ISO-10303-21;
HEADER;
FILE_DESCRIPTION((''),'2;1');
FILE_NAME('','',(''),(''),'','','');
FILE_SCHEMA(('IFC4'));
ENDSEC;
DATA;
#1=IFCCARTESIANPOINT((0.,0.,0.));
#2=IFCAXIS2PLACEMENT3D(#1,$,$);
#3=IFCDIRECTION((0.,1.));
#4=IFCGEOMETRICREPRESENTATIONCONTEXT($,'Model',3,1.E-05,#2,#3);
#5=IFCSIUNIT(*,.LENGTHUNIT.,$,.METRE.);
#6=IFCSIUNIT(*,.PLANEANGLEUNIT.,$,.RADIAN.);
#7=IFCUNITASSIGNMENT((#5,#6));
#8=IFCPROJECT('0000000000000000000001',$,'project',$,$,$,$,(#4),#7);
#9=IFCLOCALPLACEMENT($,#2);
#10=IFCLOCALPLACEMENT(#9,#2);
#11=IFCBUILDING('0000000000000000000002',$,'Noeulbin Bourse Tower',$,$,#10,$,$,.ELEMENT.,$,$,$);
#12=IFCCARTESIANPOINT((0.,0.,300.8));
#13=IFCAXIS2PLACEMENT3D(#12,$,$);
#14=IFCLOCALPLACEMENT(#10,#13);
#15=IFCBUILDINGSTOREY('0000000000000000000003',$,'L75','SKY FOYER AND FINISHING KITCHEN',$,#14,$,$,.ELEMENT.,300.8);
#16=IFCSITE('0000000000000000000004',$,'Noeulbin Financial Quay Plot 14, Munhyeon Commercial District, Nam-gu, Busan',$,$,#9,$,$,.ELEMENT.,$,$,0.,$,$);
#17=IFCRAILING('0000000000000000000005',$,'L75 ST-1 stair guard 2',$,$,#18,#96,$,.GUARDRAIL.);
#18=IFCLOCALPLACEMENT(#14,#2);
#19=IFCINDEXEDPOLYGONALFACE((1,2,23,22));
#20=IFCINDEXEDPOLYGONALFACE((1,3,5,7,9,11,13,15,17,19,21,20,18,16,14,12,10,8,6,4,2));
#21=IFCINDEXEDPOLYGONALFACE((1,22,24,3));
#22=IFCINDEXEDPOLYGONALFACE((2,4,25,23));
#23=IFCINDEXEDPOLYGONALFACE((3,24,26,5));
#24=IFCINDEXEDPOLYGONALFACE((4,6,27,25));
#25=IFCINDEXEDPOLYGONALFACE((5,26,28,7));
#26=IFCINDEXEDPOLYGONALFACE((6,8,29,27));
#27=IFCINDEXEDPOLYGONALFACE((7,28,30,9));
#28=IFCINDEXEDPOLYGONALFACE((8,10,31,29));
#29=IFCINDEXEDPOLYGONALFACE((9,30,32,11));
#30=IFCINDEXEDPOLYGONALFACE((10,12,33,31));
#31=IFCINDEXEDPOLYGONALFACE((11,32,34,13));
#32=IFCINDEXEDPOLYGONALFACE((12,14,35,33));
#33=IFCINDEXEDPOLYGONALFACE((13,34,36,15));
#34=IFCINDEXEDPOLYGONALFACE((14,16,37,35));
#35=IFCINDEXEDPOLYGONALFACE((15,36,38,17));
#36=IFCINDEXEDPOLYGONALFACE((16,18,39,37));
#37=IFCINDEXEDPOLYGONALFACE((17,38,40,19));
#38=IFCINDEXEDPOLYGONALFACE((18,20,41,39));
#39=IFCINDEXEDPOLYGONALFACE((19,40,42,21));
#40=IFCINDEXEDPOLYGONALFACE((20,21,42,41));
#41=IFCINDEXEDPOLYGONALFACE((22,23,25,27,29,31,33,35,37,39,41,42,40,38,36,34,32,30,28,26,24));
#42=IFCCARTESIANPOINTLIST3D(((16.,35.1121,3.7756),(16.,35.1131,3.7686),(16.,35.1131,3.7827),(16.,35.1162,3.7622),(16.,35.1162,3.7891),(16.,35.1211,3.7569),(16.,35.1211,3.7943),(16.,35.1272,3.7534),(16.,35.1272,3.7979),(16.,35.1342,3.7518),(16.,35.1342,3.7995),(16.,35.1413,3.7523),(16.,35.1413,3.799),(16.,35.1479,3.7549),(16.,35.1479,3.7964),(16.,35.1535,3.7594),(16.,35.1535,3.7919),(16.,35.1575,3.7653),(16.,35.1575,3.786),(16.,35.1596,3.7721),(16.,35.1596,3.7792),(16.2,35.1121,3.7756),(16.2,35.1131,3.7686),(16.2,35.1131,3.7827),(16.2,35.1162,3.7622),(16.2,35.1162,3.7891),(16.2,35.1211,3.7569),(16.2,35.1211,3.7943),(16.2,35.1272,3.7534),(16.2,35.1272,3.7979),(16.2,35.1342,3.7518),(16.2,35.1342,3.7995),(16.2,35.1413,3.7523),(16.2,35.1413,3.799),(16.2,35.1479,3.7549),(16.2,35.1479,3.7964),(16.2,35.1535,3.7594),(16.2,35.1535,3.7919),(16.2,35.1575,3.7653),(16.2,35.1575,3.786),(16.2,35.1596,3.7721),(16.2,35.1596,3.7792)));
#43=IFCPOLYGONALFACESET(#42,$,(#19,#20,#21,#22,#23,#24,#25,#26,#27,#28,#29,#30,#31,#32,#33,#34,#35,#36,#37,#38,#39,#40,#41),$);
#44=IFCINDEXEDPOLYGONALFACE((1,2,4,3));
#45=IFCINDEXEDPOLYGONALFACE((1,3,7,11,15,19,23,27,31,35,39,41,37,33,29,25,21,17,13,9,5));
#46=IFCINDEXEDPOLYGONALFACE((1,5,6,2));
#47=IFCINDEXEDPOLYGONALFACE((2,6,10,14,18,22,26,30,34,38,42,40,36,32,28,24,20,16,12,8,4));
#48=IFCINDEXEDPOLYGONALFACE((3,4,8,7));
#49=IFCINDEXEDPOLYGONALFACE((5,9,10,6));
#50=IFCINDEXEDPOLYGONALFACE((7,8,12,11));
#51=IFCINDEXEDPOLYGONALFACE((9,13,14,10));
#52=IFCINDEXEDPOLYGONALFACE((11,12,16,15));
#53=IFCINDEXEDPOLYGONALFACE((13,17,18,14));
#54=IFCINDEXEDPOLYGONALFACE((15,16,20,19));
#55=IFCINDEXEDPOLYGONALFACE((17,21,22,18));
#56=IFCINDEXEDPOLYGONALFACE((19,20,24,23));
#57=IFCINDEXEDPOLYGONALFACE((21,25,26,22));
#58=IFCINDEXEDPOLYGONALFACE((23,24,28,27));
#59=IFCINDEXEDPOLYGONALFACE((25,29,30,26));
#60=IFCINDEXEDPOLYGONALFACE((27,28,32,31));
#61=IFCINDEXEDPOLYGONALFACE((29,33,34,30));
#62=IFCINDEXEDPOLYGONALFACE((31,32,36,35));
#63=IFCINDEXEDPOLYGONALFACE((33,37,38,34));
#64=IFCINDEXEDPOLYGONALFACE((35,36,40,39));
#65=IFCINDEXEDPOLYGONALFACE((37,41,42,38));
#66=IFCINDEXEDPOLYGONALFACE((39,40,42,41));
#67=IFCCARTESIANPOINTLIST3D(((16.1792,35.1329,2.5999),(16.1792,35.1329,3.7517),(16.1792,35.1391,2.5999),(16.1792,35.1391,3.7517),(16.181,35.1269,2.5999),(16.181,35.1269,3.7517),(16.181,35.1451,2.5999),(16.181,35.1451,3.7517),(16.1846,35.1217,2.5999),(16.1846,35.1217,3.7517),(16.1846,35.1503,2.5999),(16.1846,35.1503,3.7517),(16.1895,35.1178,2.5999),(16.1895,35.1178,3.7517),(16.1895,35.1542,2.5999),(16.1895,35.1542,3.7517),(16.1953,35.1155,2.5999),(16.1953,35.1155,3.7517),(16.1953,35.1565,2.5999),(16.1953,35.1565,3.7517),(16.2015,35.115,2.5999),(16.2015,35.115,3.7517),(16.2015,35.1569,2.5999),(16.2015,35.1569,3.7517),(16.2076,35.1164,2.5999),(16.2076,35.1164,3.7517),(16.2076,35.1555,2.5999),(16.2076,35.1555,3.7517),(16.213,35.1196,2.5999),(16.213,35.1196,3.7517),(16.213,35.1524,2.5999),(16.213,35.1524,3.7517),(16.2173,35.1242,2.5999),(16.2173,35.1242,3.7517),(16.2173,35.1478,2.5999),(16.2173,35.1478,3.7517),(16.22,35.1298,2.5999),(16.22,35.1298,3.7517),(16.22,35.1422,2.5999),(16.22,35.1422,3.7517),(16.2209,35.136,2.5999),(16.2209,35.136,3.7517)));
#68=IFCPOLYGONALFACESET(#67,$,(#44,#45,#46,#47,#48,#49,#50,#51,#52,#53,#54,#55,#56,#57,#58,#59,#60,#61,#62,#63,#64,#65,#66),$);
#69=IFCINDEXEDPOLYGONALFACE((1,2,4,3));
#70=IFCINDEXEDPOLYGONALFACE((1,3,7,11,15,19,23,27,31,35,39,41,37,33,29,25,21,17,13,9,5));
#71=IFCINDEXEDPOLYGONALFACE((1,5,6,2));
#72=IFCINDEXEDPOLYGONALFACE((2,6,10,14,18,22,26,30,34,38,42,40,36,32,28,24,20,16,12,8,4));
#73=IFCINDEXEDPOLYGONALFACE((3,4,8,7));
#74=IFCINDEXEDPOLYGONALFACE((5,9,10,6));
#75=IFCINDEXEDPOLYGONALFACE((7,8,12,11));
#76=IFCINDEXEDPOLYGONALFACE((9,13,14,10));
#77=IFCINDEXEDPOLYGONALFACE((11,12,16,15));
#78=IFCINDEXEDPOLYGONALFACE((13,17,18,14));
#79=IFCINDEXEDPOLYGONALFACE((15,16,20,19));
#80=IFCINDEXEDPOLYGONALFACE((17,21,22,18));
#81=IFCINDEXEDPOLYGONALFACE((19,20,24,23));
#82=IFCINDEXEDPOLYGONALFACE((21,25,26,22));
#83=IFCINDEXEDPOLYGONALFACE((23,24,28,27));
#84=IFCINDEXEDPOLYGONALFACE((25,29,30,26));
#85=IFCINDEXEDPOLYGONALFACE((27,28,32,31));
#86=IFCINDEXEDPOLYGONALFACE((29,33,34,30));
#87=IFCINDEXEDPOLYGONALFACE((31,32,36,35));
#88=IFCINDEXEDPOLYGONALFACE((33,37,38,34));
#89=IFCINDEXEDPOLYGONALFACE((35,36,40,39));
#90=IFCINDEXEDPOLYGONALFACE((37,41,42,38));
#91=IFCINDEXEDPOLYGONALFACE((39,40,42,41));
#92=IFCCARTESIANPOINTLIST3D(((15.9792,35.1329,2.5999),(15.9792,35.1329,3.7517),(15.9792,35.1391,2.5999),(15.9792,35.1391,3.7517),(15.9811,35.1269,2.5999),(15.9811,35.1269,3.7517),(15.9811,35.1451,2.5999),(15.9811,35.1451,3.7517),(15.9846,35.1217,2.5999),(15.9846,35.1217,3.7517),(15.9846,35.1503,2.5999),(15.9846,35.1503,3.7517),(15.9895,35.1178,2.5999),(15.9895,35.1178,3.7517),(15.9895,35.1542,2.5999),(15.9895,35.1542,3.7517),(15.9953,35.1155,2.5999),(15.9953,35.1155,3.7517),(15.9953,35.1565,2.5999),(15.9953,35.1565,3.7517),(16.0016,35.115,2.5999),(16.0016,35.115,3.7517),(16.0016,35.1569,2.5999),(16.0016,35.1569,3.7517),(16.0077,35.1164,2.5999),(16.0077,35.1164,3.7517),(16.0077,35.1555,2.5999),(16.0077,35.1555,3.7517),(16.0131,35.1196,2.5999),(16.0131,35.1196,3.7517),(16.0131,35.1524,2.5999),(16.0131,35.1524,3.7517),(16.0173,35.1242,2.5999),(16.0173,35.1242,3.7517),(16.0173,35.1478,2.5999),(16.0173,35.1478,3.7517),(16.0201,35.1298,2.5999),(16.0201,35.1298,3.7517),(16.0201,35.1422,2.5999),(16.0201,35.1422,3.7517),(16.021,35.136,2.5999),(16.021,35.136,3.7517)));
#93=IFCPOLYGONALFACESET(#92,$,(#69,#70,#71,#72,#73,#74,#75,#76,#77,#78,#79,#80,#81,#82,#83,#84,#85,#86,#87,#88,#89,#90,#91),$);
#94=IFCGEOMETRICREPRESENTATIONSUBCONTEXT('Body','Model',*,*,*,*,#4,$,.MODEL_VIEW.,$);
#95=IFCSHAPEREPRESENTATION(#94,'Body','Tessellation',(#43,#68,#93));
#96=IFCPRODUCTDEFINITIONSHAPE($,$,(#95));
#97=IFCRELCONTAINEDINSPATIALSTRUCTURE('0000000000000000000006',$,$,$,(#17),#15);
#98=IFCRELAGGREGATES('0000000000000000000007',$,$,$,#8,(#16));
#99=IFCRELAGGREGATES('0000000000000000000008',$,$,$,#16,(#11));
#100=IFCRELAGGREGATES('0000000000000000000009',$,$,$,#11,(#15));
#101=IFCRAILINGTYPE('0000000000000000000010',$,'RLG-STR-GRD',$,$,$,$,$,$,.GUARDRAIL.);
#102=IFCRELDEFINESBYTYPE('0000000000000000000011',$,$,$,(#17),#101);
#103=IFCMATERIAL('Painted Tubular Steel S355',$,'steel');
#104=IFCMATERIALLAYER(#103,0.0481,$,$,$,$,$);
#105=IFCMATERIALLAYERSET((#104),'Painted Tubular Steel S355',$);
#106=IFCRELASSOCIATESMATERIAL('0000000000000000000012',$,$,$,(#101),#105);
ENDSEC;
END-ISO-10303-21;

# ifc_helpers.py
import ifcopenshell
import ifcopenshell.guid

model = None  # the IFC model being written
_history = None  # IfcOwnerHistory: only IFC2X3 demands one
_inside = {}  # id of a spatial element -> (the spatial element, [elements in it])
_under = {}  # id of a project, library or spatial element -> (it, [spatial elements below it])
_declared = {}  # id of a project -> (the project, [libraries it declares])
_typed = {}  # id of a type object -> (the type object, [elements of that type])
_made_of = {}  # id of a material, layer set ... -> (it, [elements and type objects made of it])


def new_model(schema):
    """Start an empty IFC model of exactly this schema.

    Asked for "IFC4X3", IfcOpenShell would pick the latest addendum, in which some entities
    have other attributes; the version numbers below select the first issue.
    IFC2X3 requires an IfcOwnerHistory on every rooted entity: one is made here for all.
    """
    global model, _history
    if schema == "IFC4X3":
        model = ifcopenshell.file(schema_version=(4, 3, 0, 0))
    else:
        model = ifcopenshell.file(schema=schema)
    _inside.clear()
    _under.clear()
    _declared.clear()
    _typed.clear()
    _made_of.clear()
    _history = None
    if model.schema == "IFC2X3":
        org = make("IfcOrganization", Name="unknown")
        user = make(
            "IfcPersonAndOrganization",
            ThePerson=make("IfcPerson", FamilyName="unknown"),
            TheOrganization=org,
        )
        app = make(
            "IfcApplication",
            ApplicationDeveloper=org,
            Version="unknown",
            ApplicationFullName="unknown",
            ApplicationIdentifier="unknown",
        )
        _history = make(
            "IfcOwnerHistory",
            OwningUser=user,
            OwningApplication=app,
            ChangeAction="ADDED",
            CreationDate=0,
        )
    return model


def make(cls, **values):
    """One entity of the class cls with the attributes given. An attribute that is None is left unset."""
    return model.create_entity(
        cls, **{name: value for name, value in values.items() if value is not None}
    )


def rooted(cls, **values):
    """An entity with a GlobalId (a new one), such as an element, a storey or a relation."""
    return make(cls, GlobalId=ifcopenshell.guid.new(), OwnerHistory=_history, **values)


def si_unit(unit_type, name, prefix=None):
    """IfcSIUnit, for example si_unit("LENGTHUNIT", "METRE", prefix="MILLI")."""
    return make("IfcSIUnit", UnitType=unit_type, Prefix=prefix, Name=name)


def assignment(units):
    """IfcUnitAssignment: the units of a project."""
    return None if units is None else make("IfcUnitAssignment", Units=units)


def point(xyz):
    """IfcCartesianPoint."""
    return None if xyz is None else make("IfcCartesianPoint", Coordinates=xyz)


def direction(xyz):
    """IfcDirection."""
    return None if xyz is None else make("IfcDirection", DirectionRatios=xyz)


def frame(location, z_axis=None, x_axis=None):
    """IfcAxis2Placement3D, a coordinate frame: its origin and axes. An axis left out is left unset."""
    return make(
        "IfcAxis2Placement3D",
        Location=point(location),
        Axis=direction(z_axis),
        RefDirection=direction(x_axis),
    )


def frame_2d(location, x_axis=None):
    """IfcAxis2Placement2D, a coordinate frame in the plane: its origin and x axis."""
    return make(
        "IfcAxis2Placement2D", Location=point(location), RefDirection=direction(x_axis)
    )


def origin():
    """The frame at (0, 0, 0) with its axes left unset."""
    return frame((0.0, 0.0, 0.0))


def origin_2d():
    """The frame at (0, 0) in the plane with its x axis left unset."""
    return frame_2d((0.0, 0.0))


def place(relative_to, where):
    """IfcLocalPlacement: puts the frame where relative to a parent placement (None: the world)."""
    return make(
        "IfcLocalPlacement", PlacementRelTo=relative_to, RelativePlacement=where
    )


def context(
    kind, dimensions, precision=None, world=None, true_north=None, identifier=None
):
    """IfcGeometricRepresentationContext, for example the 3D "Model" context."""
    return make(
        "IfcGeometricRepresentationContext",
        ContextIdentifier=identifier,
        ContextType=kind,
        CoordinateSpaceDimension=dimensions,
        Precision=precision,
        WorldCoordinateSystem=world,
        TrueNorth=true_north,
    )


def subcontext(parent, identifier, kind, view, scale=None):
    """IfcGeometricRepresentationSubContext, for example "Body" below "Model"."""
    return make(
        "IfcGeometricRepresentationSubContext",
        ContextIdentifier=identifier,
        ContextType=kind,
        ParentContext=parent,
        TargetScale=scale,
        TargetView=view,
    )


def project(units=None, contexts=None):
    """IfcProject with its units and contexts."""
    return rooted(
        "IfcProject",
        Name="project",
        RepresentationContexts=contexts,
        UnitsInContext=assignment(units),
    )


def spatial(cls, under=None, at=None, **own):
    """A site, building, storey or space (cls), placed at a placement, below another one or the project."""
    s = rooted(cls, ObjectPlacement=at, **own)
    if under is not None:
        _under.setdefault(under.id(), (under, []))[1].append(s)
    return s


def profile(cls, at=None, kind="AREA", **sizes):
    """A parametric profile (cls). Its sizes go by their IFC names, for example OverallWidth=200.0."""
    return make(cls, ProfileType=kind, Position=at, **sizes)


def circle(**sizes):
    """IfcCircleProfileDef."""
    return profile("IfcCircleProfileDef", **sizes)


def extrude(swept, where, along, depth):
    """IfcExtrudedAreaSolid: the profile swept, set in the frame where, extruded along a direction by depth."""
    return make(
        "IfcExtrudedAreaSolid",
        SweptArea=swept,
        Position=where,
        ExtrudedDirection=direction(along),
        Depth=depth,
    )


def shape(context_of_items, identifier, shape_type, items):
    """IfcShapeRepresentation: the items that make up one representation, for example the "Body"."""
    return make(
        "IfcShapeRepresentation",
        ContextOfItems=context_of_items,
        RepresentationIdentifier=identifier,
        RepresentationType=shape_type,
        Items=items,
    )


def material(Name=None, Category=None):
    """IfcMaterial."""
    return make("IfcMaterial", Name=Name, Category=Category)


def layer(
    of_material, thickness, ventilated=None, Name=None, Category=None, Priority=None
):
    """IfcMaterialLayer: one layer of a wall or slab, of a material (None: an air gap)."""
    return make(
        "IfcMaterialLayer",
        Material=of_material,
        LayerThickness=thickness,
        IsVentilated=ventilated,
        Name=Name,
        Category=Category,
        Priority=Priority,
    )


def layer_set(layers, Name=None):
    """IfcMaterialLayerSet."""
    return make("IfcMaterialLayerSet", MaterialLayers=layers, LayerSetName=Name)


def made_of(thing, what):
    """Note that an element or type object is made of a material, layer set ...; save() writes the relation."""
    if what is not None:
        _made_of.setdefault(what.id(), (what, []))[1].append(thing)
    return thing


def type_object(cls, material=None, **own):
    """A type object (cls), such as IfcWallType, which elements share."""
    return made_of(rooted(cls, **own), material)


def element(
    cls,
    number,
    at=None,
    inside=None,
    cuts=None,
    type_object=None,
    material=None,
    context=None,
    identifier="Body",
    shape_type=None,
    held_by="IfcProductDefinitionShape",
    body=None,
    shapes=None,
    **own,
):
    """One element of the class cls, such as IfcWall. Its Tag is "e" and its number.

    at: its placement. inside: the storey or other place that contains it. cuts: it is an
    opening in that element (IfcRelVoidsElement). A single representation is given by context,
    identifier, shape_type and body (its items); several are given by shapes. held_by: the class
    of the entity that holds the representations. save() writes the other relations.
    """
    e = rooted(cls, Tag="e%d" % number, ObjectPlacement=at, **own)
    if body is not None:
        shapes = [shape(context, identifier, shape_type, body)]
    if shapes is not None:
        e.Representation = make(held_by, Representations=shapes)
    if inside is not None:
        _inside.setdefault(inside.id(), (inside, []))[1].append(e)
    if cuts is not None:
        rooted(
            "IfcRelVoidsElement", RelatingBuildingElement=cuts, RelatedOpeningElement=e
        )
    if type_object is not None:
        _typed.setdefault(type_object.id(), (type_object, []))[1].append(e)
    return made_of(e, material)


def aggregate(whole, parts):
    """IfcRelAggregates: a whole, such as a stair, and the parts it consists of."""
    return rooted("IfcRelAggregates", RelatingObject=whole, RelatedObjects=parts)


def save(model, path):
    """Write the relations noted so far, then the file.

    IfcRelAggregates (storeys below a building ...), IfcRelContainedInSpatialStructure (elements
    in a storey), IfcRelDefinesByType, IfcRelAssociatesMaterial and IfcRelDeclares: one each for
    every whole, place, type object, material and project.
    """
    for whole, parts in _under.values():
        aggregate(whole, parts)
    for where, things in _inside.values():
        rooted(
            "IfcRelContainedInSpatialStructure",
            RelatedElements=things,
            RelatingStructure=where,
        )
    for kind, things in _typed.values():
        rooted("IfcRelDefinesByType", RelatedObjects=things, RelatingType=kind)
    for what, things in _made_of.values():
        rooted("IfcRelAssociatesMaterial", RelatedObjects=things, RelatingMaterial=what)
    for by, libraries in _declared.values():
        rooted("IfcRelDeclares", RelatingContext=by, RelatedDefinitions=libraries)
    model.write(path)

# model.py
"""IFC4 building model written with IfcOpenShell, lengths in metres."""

from ifc_helpers import new_model, si_unit, direction, frame, origin, origin_2d, place, context, subcontext, project, spatial, circle, extrude, material, layer, layer_set, type_object, element, save


model = new_model("IFC4")

# Units and contexts
model_context = context("Model", 3, precision=1e-05, world=origin(), true_north=direction((0.0, 1.0)))
body_context = subcontext(model_context, "Body", "Model", "MODEL_VIEW")
ifc_project = project(units=[si_unit("LENGTHUNIT", "METRE"), si_unit("PLANEANGLEUNIT", "RADIAN")], contexts=[model_context])

# Site, building, storey
site_placement = place(None, origin())
site = spatial("IfcSite", under=ifc_project, at=site_placement, Name="Noeulbin Financial Quay Plot 14, Munhyeon Commercial District, Nam-gu, Busan", CompositionType="ELEMENT", RefElevation=0.0)
building_placement = place(site_placement, origin())
building = spatial("IfcBuilding", under=site, at=building_placement, Name="Noeulbin Bourse Tower", CompositionType="ELEMENT")
storey_placement = place(building_placement, frame((0.0, 0.0, 300.8)))
storey = spatial("IfcBuildingStorey", under=building, at=storey_placement, Name="L75", Description="SKY FOYER AND FINISHING KITCHEN", CompositionType="ELEMENT", Elevation=300.8)

# Railing
ifc_material_1 = material(Name="Painted Tubular Steel S355", Category="steel")
ifc_layer_1 = layer(ifc_material_1, 0.0481)
ifc_layer_set_1 = layer_set([ifc_layer_1], Name="Painted Tubular Steel S355")
railing_type_1 = type_object("IfcRailingType", Name="RLG-STR-GRD", PredefinedType="GUARDRAIL", material=ifc_layer_set_1)
railing_1_placement = place(storey_placement, frame((16.2, 35.136, 2.5999)))
element("IfcRailing", 1, at=railing_1_placement, inside=storey, type_object=railing_type_1, Name="L75 ST-1 stair guard 2", PredefinedType="GUARDRAIL", context=body_context, shape_type="SweptSolid", body=[
    extrude(circle(Radius=0.0239, at=origin_2d()), frame((0.0, 0.0, 1.1758), z_axis=(-1.0, 0.0, 0.0), x_axis=(0.0, -1.0, 0.0)), (0.0, 0.0, 1.0), 0.2),
    extrude(circle(Radius=0.021, at=origin_2d()), origin(), (0.0, 0.0, 1.0), 1.1519),
    extrude(circle(Radius=0.021, at=origin_2d()), frame((-0.2, 0.0, 0.0)), (0.0, 0.0, 1.0), 1.1519),
])

save(model, "model.ifc")
